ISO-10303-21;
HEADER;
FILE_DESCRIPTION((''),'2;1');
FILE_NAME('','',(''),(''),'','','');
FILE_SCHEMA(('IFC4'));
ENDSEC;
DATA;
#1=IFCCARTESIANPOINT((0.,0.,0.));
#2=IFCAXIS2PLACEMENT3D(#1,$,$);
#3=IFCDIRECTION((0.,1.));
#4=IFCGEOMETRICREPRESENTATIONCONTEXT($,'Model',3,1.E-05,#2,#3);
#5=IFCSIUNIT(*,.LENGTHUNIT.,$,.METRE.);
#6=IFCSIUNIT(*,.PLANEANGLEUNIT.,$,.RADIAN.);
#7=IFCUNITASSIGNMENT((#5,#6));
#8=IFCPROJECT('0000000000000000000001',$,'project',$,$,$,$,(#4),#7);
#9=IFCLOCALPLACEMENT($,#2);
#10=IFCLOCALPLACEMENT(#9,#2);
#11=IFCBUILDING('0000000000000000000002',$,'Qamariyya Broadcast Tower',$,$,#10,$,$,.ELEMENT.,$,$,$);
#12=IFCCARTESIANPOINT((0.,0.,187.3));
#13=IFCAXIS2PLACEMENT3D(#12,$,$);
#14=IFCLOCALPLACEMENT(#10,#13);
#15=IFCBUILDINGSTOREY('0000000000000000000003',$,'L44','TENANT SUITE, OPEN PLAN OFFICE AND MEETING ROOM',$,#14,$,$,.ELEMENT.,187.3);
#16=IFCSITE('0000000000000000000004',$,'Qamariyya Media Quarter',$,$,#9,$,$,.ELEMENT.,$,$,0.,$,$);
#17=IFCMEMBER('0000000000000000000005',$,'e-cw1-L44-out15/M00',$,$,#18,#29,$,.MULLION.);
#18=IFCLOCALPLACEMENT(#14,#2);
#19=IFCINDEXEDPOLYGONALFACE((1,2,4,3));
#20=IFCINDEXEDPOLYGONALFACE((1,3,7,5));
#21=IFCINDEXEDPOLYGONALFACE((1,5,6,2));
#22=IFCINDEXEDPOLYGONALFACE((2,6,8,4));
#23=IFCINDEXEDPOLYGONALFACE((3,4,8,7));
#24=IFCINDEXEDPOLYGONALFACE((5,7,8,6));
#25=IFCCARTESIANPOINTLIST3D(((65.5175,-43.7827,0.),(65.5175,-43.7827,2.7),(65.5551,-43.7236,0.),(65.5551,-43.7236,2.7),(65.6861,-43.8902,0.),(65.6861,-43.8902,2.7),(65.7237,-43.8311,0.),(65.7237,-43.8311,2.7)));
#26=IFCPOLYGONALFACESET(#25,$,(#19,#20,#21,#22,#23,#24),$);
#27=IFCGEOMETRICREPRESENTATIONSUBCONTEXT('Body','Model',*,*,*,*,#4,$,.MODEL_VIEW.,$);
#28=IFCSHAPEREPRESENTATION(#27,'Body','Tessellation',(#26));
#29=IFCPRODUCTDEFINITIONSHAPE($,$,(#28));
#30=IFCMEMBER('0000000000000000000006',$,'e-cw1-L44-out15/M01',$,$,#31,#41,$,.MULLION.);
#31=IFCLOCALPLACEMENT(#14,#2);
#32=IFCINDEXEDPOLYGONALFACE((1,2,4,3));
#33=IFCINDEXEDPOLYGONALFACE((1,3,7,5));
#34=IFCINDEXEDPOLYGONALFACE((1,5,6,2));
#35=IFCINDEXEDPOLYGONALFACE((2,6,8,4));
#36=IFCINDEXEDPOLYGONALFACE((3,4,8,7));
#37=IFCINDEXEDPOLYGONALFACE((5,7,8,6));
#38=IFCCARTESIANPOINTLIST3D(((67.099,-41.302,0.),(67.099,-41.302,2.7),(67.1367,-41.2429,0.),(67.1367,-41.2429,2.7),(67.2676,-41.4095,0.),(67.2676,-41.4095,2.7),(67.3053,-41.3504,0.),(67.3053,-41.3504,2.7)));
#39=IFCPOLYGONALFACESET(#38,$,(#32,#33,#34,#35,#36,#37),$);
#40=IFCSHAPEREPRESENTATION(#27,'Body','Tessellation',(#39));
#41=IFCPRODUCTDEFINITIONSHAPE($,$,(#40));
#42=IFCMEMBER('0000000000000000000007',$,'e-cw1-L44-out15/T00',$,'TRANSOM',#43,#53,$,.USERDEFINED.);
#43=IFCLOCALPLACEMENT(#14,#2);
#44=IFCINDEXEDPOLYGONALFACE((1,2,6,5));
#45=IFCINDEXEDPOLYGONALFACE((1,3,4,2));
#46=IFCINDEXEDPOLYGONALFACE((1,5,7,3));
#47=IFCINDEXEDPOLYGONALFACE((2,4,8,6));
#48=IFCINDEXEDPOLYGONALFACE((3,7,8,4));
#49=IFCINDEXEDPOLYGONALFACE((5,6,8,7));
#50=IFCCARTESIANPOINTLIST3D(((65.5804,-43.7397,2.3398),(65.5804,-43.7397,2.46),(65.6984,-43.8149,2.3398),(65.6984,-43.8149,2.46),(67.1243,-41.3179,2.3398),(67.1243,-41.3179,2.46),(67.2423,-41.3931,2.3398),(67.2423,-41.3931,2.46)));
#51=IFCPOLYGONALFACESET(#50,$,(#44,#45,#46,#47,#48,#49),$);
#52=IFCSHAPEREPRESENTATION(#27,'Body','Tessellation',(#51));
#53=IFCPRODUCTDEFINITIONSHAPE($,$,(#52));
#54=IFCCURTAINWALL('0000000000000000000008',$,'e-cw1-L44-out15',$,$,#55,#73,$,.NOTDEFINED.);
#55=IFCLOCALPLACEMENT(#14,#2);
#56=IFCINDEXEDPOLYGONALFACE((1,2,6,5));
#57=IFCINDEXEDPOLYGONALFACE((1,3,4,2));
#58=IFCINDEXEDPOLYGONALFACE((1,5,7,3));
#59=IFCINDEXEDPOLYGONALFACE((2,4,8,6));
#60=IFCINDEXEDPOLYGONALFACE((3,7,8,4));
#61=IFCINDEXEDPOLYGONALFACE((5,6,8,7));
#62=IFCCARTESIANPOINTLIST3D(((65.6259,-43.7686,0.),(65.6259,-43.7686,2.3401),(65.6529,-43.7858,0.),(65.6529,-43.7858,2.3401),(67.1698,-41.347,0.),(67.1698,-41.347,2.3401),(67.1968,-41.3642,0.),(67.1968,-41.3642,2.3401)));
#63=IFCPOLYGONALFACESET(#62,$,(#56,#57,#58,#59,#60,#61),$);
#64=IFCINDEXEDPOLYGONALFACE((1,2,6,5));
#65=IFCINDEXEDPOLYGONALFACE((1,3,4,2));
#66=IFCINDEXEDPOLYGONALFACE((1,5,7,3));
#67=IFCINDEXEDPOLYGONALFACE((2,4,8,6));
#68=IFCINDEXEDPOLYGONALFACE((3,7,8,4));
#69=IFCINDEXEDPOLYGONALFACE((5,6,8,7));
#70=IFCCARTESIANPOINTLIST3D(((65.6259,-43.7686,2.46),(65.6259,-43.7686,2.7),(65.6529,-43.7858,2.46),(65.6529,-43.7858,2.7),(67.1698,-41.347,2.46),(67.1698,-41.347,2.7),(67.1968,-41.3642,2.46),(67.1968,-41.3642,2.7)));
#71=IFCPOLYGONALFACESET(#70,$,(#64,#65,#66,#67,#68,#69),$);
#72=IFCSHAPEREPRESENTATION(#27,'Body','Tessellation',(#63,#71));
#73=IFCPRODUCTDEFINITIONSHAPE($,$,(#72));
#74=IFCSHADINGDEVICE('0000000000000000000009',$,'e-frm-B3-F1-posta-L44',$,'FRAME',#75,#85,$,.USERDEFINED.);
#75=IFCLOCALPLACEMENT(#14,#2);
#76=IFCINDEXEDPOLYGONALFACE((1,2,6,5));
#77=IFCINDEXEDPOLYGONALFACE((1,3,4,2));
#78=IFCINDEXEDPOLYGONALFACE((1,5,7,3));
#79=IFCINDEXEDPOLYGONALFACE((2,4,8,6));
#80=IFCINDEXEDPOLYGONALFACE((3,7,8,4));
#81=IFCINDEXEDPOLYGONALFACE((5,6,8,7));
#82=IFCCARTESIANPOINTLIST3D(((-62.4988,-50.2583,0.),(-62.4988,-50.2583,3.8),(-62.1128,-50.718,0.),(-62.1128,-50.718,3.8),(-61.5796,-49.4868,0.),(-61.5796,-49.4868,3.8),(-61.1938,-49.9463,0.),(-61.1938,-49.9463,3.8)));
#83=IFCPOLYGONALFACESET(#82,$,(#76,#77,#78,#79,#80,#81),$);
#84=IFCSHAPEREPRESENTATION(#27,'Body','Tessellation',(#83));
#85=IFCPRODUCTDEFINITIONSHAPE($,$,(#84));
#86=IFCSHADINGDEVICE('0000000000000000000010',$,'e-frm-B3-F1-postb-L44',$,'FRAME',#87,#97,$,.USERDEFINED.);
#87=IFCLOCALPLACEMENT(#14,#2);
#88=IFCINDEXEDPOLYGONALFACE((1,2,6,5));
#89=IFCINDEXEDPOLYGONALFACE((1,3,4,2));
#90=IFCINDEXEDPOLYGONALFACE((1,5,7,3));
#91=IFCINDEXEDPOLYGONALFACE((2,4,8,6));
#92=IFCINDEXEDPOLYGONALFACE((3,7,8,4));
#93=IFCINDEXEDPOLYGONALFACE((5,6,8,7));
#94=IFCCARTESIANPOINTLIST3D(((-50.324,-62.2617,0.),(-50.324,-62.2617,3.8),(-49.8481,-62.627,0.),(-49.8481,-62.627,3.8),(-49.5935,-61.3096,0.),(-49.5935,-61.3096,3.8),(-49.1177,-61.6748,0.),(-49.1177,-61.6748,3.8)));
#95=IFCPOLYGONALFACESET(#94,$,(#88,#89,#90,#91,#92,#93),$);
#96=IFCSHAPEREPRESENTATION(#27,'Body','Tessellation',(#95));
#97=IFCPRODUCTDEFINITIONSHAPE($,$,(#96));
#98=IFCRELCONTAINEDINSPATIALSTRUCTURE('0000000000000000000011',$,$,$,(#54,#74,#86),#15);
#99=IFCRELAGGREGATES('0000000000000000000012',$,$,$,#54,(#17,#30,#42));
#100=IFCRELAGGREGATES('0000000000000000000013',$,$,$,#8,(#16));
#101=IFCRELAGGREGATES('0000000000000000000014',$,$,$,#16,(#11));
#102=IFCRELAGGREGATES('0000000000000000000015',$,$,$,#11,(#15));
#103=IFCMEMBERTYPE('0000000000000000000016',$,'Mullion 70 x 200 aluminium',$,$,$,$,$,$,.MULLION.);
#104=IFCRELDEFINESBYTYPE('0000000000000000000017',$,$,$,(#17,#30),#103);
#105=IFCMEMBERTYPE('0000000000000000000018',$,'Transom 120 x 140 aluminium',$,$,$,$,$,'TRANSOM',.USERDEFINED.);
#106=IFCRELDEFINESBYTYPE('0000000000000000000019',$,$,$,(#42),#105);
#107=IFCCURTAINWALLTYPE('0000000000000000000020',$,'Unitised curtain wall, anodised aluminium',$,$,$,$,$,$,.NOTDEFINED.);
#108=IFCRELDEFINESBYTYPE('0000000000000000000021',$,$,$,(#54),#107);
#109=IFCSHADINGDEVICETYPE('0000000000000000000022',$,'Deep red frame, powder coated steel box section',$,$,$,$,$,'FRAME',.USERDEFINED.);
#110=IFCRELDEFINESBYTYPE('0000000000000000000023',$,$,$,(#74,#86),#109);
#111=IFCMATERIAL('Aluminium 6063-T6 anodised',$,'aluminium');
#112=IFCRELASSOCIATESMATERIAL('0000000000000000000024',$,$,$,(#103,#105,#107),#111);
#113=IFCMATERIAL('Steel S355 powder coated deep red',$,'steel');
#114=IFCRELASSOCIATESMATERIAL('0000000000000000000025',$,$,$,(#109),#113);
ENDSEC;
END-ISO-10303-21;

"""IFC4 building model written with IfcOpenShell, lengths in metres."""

from ifc_helpers import new_model, si_unit, direction, frame, origin, origin_2d, place, context, subcontext, project, spatial, polyline, rectangle, outline, extrude, material, material_profile, profile_set, type_object, element, aggregate, save


model = new_model("IFC4")

# Units and contexts
model_context = context("Model", 3, precision=1e-05, world=origin(), true_north=direction((0.0, 1.0)))
body_context = subcontext(model_context, "Body", "Model", "MODEL_VIEW")
ifc_project = project(units=[si_unit("LENGTHUNIT", "METRE"), si_unit("PLANEANGLEUNIT", "RADIAN")], contexts=[model_context])

# Members
ifc_material_1 = material(Name="Aluminium 6063-T6 anodised", Category="aluminium")
ifc_material_profile_1 = material_profile(ifc_material_1, rectangle(XDim=0.2, YDim=0.0701, at=origin_2d()))
ifc_profile_set_1 = profile_set([ifc_material_profile_1], Name="Aluminium 6063-T6 anodised")
member_type_1 = type_object("IfcMemberType", Name="Mullion 70 x 200 aluminium", PredefinedType="MULLION", material=ifc_profile_set_1)
site_placement = place(None, origin())
building_placement = place(site_placement, origin())
storey_placement = place(building_placement, frame((0.0, 0.0, 187.3)))
member_1_placement = place(storey_placement, frame((65.6206, -43.8069, 0.0), z_axis=(0.0, 0.0, 1.0), x_axis=(-0.843222, 0.537565, 0.0)))
member_1 = element("IfcMember", 1, at=member_1_placement, type_object=member_type_1, Name="e-cw1-L44-out15/M00", PredefinedType="MULLION", context=body_context, shape_type="SweptSolid", body=[
    extrude(rectangle(XDim=0.2, YDim=0.0701, at=origin_2d()), origin(), (0.0, 0.0, 1.0), 2.7),
])
member_2_placement = place(storey_placement, frame((67.2021, -41.3262, 0.0), z_axis=(0.0, 0.0, 1.0), x_axis=(-0.843222, 0.537565, 0.0)))
member_2 = element("IfcMember", 2, at=member_2_placement, type_object=member_type_1, Name="e-cw1-L44-out15/M01", PredefinedType="MULLION", context=body_context, shape_type="SweptSolid", body=[
    extrude(rectangle(XDim=0.2, YDim=0.0701, at=origin_2d()), origin(), (0.0, 0.0, 1.0), 2.7),
])
ifc_material_profile_2 = material_profile(ifc_material_1, rectangle(XDim=0.1399, YDim=0.1201, at=origin_2d()))
ifc_profile_set_2 = profile_set([ifc_material_profile_2], Name="Aluminium 6063-T6 anodised")
member_type_2 = type_object("IfcMemberType", Name="Transom 120 x 140 aluminium", ElementType="TRANSOM", PredefinedType="USERDEFINED", material=ifc_profile_set_2)
member_3_placement = place(storey_placement, frame((65.6394, -43.7773, 2.3999), z_axis=(0.537557, 0.843227, 0.0), x_axis=(-0.843227, 0.537557, 0.0)))
member_3 = element("IfcMember", 3, at=member_3_placement, type_object=member_type_2, Name="e-cw1-L44-out15/T00", ObjectType="TRANSOM", PredefinedType="USERDEFINED", context=body_context, shape_type="SweptSolid", body=[
    extrude(rectangle(XDim=0.1399, YDim=0.1201, at=origin_2d()), origin(), (0.0, 0.0, 1.0), 2.8721),
])

# Site, building, storey
site = spatial("IfcSite", under=ifc_project, at=site_placement, Name="Qamariyya Media Quarter", CompositionType="ELEMENT", RefElevation=0.0)
building = spatial("IfcBuilding", under=site, at=building_placement, Name="Qamariyya Broadcast Tower", CompositionType="ELEMENT")
storey = spatial("IfcBuildingStorey", under=building, at=storey_placement, Name="L44", Description="TENANT SUITE, OPEN PLAN OFFICE AND MEETING ROOM", CompositionType="ELEMENT", Elevation=187.3)

# Curtain wall
curtain_wall_type = type_object("IfcCurtainWallType", Name="Unitised curtain wall, anodised aluminium", PredefinedType="NOTDEFINED", material=ifc_material_1)
curtain_wall_1_placement = place(storey_placement, origin())
curtain_wall_1 = element("IfcCurtainWall", 4, at=curtain_wall_1_placement, inside=storey, type_object=curtain_wall_type, Name="e-cw1-L44-out15", PredefinedType="NOTDEFINED", context=body_context, shape_type="SweptSolid", body=[
    extrude(rectangle(XDim=2.8718, YDim=0.032, at=origin_2d()), frame((66.4114, -42.5664, 0.0), x_axis=(0.537599, 0.843201, 0.0)), (0.0, 0.0, 1.0), 2.3401),
    extrude(rectangle(XDim=2.8718, YDim=0.032, at=origin_2d()), frame((66.4114, -42.5664, 2.46), x_axis=(0.537599, 0.843201, 0.0)), (0.0, 0.0, 1.0), 0.24),
])
aggregate(curtain_wall_1, [member_1, member_2, member_3])

# Shading devices
ifc_material_2 = material(Name="Steel S355 powder coated deep red", Category="steel")
shading_device_type = type_object("IfcShadingDeviceType", Name="Deep red frame, powder coated steel box section", ElementType="FRAME", PredefinedType="USERDEFINED", material=ifc_material_2)
shading_device_1_placement = place(storey_placement, origin())
element("IfcShadingDevice", 5, at=shading_device_1_placement, inside=storey, type_object=shading_device_type, Name="e-frm-B3-F1-posta-L44", ObjectType="FRAME", PredefinedType="USERDEFINED", context=body_context, shape_type="SweptSolid", body=[
    extrude(outline(polyline([(-61.5796, -49.4868), (-62.4988, -50.2583), (-62.1128, -50.718), (-61.1938, -49.9463), (-61.5796, -49.4868)])), origin(), (0.0, 0.0, 1.0), 3.8),
])
shading_device_2_placement = place(storey_placement, origin())
element("IfcShadingDevice", 6, at=shading_device_2_placement, inside=storey, type_object=shading_device_type, Name="e-frm-B3-F1-postb-L44", ObjectType="FRAME", PredefinedType="USERDEFINED", context=body_context, shape_type="SweptSolid", body=[
    extrude(outline(polyline([(-49.5935, -61.3096), (-50.324, -62.2617), (-49.8481, -62.627), (-49.1177, -61.6748), (-49.5935, -61.3096)])), origin(), (0.0, 0.0, 1.0), 3.8),
])

save(model, "model.ifc")
